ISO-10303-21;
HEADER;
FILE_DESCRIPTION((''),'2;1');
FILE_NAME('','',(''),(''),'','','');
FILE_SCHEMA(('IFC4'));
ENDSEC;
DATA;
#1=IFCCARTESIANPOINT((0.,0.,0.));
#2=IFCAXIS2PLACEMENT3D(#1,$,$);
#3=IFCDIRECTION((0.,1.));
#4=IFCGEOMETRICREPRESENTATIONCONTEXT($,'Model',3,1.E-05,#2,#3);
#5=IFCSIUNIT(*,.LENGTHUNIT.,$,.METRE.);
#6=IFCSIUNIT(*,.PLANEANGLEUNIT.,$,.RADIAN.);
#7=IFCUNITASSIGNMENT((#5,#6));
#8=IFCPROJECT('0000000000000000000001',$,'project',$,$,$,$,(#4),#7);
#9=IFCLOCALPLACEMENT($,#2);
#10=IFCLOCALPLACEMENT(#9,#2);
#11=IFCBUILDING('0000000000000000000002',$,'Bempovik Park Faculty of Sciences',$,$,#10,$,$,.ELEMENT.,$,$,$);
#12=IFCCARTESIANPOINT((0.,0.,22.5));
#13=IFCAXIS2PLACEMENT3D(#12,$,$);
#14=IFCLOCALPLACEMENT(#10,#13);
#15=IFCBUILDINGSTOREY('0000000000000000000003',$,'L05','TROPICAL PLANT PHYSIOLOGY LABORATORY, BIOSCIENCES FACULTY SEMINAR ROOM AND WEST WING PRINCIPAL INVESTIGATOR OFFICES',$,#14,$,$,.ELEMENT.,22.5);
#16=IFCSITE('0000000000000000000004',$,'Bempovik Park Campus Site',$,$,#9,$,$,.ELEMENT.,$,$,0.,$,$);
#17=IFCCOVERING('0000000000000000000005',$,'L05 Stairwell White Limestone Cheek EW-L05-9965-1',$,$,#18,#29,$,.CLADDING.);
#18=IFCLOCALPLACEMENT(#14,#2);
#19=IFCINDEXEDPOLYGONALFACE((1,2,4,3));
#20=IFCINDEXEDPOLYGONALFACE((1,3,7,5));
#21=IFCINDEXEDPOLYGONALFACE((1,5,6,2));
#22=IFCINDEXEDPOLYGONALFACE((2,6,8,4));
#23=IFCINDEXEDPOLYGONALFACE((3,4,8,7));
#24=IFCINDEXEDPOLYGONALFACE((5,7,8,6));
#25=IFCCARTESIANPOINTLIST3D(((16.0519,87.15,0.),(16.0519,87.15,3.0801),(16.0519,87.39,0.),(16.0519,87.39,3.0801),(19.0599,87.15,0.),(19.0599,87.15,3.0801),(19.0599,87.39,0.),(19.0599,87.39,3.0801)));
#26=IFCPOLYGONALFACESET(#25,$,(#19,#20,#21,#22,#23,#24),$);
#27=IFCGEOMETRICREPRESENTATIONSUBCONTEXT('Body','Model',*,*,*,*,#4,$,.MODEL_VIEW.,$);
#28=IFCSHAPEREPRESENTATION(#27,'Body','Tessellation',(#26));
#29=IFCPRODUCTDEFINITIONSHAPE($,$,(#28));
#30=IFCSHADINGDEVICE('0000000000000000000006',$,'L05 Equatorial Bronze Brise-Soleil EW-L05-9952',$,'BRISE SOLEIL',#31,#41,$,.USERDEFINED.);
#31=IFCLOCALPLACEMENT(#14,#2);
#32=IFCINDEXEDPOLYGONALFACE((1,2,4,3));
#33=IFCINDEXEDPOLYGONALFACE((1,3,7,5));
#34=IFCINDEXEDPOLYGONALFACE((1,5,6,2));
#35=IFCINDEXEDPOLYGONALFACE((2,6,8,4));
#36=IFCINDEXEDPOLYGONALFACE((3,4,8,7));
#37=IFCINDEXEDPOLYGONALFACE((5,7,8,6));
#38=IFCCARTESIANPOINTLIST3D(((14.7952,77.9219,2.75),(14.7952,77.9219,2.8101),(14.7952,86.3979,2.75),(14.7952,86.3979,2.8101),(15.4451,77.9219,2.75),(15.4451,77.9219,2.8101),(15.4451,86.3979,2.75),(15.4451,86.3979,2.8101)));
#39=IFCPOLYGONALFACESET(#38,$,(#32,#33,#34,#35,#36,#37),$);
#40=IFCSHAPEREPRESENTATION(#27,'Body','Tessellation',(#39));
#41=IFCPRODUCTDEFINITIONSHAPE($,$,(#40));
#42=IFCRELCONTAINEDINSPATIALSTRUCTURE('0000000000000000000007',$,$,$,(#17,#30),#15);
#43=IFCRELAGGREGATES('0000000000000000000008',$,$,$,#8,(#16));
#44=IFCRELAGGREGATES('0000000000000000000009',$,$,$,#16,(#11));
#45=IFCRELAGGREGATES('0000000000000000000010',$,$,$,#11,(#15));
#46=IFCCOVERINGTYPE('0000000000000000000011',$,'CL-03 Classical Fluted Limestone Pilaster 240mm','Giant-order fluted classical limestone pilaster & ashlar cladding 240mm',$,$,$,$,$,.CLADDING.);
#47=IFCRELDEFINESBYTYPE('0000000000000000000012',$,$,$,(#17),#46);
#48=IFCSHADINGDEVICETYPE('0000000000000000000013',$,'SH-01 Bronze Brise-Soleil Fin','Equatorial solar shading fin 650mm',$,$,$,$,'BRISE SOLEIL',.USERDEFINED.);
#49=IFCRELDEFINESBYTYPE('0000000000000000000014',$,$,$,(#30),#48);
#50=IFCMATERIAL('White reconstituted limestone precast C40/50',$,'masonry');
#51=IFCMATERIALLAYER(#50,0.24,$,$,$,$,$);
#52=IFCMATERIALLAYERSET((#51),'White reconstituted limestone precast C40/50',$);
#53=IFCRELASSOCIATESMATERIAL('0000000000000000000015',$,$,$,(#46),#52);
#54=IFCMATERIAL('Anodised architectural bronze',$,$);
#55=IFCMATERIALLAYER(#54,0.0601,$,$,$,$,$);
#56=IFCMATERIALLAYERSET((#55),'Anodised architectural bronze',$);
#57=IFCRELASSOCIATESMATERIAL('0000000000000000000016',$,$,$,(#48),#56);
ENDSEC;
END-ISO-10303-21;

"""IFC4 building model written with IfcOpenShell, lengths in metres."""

from ifc_helpers import new_model, si_unit, direction, frame, origin, origin_2d, place, context, subcontext, project, spatial, rectangle, extrude, material, layer, layer_set, type_object, element, save


model = new_model("IFC4")

# Units and contexts
model_context = context("Model", 3, precision=1e-05, world=origin(), true_north=direction((0.0, 1.0)))
body_context = subcontext(model_context, "Body", "Model", "MODEL_VIEW")
ifc_project = project(units=[si_unit("LENGTHUNIT", "METRE"), si_unit("PLANEANGLEUNIT", "RADIAN")], contexts=[model_context])

# Site, building, storey
site_placement = place(None, origin())
site = spatial("IfcSite", under=ifc_project, at=site_placement, Name="Bempovik Park Campus Site", CompositionType="ELEMENT", RefElevation=0.0)
building_placement = place(site_placement, origin())
building = spatial("IfcBuilding", under=site, at=building_placement, Name="Bempovik Park Faculty of Sciences", CompositionType="ELEMENT")
storey_placement = place(building_placement, frame((0.0, 0.0, 22.5)))
storey = spatial("IfcBuildingStorey", under=building, at=storey_placement, Name="L05", Description="TROPICAL PLANT PHYSIOLOGY LABORATORY, BIOSCIENCES FACULTY SEMINAR ROOM AND WEST WING PRINCIPAL INVESTIGATOR OFFICES", CompositionType="ELEMENT", Elevation=22.5)

# Covering
ifc_material_1 = material(Name="White reconstituted limestone precast C40/50", Category="masonry")
ifc_layer_1 = layer(ifc_material_1, 0.24)
ifc_layer_set_1 = layer_set([ifc_layer_1], Name="White reconstituted limestone precast C40/50")
covering_type_1 = type_object("IfcCoveringType", Name="CL-03 Classical Fluted Limestone Pilaster 240mm", Description="Giant-order fluted classical limestone pilaster & ashlar cladding 240mm", PredefinedType="CLADDING", material=ifc_layer_set_1)
covering_1_placement = place(storey_placement, frame((17.5559, 87.27, 0.0), z_axis=(0.0, 0.0, 1.0), x_axis=(1.0, 0.0, 0.0)))
element("IfcCovering", 1, at=covering_1_placement, inside=storey, type_object=covering_type_1, Name="L05 Stairwell White Limestone Cheek EW-L05-9965-1", PredefinedType="CLADDING", context=body_context, shape_type="SweptSolid", body=[
    extrude(rectangle(XDim=3.0081, YDim=0.24, at=origin_2d()), origin(), (0.0, 0.0, 1.0), 3.0801),
])

# Shading device
ifc_material_2 = material(Name="Anodised architectural bronze")
ifc_layer_2 = layer(ifc_material_2, 0.0601)
ifc_layer_set_2 = layer_set([ifc_layer_2], Name="Anodised architectural bronze")
shading_device_type = type_object("IfcShadingDeviceType", Name="SH-01 Bronze Brise-Soleil Fin", Description="Equatorial solar shading fin 650mm", ElementType="BRISE SOLEIL", PredefinedType="USERDEFINED", material=ifc_layer_set_2)
shading_device_placement = place(storey_placement, frame((15.1201, 82.1599, 2.75), z_axis=(0.0, 0.0, 1.0), x_axis=(1.0, 0.0, 0.0)))
element("IfcShadingDevice", 2, at=shading_device_placement, inside=storey, type_object=shading_device_type, Name="L05 Equatorial Bronze Brise-Soleil EW-L05-9952", ObjectType="BRISE SOLEIL", PredefinedType="USERDEFINED", context=body_context, shape_type="SweptSolid", body=[
    extrude(rectangle(XDim=0.6499, YDim=8.4761, at=origin_2d()), origin(), (0.0, 0.0, 1.0), 0.0601),
])

save(model, "model.ifc")
